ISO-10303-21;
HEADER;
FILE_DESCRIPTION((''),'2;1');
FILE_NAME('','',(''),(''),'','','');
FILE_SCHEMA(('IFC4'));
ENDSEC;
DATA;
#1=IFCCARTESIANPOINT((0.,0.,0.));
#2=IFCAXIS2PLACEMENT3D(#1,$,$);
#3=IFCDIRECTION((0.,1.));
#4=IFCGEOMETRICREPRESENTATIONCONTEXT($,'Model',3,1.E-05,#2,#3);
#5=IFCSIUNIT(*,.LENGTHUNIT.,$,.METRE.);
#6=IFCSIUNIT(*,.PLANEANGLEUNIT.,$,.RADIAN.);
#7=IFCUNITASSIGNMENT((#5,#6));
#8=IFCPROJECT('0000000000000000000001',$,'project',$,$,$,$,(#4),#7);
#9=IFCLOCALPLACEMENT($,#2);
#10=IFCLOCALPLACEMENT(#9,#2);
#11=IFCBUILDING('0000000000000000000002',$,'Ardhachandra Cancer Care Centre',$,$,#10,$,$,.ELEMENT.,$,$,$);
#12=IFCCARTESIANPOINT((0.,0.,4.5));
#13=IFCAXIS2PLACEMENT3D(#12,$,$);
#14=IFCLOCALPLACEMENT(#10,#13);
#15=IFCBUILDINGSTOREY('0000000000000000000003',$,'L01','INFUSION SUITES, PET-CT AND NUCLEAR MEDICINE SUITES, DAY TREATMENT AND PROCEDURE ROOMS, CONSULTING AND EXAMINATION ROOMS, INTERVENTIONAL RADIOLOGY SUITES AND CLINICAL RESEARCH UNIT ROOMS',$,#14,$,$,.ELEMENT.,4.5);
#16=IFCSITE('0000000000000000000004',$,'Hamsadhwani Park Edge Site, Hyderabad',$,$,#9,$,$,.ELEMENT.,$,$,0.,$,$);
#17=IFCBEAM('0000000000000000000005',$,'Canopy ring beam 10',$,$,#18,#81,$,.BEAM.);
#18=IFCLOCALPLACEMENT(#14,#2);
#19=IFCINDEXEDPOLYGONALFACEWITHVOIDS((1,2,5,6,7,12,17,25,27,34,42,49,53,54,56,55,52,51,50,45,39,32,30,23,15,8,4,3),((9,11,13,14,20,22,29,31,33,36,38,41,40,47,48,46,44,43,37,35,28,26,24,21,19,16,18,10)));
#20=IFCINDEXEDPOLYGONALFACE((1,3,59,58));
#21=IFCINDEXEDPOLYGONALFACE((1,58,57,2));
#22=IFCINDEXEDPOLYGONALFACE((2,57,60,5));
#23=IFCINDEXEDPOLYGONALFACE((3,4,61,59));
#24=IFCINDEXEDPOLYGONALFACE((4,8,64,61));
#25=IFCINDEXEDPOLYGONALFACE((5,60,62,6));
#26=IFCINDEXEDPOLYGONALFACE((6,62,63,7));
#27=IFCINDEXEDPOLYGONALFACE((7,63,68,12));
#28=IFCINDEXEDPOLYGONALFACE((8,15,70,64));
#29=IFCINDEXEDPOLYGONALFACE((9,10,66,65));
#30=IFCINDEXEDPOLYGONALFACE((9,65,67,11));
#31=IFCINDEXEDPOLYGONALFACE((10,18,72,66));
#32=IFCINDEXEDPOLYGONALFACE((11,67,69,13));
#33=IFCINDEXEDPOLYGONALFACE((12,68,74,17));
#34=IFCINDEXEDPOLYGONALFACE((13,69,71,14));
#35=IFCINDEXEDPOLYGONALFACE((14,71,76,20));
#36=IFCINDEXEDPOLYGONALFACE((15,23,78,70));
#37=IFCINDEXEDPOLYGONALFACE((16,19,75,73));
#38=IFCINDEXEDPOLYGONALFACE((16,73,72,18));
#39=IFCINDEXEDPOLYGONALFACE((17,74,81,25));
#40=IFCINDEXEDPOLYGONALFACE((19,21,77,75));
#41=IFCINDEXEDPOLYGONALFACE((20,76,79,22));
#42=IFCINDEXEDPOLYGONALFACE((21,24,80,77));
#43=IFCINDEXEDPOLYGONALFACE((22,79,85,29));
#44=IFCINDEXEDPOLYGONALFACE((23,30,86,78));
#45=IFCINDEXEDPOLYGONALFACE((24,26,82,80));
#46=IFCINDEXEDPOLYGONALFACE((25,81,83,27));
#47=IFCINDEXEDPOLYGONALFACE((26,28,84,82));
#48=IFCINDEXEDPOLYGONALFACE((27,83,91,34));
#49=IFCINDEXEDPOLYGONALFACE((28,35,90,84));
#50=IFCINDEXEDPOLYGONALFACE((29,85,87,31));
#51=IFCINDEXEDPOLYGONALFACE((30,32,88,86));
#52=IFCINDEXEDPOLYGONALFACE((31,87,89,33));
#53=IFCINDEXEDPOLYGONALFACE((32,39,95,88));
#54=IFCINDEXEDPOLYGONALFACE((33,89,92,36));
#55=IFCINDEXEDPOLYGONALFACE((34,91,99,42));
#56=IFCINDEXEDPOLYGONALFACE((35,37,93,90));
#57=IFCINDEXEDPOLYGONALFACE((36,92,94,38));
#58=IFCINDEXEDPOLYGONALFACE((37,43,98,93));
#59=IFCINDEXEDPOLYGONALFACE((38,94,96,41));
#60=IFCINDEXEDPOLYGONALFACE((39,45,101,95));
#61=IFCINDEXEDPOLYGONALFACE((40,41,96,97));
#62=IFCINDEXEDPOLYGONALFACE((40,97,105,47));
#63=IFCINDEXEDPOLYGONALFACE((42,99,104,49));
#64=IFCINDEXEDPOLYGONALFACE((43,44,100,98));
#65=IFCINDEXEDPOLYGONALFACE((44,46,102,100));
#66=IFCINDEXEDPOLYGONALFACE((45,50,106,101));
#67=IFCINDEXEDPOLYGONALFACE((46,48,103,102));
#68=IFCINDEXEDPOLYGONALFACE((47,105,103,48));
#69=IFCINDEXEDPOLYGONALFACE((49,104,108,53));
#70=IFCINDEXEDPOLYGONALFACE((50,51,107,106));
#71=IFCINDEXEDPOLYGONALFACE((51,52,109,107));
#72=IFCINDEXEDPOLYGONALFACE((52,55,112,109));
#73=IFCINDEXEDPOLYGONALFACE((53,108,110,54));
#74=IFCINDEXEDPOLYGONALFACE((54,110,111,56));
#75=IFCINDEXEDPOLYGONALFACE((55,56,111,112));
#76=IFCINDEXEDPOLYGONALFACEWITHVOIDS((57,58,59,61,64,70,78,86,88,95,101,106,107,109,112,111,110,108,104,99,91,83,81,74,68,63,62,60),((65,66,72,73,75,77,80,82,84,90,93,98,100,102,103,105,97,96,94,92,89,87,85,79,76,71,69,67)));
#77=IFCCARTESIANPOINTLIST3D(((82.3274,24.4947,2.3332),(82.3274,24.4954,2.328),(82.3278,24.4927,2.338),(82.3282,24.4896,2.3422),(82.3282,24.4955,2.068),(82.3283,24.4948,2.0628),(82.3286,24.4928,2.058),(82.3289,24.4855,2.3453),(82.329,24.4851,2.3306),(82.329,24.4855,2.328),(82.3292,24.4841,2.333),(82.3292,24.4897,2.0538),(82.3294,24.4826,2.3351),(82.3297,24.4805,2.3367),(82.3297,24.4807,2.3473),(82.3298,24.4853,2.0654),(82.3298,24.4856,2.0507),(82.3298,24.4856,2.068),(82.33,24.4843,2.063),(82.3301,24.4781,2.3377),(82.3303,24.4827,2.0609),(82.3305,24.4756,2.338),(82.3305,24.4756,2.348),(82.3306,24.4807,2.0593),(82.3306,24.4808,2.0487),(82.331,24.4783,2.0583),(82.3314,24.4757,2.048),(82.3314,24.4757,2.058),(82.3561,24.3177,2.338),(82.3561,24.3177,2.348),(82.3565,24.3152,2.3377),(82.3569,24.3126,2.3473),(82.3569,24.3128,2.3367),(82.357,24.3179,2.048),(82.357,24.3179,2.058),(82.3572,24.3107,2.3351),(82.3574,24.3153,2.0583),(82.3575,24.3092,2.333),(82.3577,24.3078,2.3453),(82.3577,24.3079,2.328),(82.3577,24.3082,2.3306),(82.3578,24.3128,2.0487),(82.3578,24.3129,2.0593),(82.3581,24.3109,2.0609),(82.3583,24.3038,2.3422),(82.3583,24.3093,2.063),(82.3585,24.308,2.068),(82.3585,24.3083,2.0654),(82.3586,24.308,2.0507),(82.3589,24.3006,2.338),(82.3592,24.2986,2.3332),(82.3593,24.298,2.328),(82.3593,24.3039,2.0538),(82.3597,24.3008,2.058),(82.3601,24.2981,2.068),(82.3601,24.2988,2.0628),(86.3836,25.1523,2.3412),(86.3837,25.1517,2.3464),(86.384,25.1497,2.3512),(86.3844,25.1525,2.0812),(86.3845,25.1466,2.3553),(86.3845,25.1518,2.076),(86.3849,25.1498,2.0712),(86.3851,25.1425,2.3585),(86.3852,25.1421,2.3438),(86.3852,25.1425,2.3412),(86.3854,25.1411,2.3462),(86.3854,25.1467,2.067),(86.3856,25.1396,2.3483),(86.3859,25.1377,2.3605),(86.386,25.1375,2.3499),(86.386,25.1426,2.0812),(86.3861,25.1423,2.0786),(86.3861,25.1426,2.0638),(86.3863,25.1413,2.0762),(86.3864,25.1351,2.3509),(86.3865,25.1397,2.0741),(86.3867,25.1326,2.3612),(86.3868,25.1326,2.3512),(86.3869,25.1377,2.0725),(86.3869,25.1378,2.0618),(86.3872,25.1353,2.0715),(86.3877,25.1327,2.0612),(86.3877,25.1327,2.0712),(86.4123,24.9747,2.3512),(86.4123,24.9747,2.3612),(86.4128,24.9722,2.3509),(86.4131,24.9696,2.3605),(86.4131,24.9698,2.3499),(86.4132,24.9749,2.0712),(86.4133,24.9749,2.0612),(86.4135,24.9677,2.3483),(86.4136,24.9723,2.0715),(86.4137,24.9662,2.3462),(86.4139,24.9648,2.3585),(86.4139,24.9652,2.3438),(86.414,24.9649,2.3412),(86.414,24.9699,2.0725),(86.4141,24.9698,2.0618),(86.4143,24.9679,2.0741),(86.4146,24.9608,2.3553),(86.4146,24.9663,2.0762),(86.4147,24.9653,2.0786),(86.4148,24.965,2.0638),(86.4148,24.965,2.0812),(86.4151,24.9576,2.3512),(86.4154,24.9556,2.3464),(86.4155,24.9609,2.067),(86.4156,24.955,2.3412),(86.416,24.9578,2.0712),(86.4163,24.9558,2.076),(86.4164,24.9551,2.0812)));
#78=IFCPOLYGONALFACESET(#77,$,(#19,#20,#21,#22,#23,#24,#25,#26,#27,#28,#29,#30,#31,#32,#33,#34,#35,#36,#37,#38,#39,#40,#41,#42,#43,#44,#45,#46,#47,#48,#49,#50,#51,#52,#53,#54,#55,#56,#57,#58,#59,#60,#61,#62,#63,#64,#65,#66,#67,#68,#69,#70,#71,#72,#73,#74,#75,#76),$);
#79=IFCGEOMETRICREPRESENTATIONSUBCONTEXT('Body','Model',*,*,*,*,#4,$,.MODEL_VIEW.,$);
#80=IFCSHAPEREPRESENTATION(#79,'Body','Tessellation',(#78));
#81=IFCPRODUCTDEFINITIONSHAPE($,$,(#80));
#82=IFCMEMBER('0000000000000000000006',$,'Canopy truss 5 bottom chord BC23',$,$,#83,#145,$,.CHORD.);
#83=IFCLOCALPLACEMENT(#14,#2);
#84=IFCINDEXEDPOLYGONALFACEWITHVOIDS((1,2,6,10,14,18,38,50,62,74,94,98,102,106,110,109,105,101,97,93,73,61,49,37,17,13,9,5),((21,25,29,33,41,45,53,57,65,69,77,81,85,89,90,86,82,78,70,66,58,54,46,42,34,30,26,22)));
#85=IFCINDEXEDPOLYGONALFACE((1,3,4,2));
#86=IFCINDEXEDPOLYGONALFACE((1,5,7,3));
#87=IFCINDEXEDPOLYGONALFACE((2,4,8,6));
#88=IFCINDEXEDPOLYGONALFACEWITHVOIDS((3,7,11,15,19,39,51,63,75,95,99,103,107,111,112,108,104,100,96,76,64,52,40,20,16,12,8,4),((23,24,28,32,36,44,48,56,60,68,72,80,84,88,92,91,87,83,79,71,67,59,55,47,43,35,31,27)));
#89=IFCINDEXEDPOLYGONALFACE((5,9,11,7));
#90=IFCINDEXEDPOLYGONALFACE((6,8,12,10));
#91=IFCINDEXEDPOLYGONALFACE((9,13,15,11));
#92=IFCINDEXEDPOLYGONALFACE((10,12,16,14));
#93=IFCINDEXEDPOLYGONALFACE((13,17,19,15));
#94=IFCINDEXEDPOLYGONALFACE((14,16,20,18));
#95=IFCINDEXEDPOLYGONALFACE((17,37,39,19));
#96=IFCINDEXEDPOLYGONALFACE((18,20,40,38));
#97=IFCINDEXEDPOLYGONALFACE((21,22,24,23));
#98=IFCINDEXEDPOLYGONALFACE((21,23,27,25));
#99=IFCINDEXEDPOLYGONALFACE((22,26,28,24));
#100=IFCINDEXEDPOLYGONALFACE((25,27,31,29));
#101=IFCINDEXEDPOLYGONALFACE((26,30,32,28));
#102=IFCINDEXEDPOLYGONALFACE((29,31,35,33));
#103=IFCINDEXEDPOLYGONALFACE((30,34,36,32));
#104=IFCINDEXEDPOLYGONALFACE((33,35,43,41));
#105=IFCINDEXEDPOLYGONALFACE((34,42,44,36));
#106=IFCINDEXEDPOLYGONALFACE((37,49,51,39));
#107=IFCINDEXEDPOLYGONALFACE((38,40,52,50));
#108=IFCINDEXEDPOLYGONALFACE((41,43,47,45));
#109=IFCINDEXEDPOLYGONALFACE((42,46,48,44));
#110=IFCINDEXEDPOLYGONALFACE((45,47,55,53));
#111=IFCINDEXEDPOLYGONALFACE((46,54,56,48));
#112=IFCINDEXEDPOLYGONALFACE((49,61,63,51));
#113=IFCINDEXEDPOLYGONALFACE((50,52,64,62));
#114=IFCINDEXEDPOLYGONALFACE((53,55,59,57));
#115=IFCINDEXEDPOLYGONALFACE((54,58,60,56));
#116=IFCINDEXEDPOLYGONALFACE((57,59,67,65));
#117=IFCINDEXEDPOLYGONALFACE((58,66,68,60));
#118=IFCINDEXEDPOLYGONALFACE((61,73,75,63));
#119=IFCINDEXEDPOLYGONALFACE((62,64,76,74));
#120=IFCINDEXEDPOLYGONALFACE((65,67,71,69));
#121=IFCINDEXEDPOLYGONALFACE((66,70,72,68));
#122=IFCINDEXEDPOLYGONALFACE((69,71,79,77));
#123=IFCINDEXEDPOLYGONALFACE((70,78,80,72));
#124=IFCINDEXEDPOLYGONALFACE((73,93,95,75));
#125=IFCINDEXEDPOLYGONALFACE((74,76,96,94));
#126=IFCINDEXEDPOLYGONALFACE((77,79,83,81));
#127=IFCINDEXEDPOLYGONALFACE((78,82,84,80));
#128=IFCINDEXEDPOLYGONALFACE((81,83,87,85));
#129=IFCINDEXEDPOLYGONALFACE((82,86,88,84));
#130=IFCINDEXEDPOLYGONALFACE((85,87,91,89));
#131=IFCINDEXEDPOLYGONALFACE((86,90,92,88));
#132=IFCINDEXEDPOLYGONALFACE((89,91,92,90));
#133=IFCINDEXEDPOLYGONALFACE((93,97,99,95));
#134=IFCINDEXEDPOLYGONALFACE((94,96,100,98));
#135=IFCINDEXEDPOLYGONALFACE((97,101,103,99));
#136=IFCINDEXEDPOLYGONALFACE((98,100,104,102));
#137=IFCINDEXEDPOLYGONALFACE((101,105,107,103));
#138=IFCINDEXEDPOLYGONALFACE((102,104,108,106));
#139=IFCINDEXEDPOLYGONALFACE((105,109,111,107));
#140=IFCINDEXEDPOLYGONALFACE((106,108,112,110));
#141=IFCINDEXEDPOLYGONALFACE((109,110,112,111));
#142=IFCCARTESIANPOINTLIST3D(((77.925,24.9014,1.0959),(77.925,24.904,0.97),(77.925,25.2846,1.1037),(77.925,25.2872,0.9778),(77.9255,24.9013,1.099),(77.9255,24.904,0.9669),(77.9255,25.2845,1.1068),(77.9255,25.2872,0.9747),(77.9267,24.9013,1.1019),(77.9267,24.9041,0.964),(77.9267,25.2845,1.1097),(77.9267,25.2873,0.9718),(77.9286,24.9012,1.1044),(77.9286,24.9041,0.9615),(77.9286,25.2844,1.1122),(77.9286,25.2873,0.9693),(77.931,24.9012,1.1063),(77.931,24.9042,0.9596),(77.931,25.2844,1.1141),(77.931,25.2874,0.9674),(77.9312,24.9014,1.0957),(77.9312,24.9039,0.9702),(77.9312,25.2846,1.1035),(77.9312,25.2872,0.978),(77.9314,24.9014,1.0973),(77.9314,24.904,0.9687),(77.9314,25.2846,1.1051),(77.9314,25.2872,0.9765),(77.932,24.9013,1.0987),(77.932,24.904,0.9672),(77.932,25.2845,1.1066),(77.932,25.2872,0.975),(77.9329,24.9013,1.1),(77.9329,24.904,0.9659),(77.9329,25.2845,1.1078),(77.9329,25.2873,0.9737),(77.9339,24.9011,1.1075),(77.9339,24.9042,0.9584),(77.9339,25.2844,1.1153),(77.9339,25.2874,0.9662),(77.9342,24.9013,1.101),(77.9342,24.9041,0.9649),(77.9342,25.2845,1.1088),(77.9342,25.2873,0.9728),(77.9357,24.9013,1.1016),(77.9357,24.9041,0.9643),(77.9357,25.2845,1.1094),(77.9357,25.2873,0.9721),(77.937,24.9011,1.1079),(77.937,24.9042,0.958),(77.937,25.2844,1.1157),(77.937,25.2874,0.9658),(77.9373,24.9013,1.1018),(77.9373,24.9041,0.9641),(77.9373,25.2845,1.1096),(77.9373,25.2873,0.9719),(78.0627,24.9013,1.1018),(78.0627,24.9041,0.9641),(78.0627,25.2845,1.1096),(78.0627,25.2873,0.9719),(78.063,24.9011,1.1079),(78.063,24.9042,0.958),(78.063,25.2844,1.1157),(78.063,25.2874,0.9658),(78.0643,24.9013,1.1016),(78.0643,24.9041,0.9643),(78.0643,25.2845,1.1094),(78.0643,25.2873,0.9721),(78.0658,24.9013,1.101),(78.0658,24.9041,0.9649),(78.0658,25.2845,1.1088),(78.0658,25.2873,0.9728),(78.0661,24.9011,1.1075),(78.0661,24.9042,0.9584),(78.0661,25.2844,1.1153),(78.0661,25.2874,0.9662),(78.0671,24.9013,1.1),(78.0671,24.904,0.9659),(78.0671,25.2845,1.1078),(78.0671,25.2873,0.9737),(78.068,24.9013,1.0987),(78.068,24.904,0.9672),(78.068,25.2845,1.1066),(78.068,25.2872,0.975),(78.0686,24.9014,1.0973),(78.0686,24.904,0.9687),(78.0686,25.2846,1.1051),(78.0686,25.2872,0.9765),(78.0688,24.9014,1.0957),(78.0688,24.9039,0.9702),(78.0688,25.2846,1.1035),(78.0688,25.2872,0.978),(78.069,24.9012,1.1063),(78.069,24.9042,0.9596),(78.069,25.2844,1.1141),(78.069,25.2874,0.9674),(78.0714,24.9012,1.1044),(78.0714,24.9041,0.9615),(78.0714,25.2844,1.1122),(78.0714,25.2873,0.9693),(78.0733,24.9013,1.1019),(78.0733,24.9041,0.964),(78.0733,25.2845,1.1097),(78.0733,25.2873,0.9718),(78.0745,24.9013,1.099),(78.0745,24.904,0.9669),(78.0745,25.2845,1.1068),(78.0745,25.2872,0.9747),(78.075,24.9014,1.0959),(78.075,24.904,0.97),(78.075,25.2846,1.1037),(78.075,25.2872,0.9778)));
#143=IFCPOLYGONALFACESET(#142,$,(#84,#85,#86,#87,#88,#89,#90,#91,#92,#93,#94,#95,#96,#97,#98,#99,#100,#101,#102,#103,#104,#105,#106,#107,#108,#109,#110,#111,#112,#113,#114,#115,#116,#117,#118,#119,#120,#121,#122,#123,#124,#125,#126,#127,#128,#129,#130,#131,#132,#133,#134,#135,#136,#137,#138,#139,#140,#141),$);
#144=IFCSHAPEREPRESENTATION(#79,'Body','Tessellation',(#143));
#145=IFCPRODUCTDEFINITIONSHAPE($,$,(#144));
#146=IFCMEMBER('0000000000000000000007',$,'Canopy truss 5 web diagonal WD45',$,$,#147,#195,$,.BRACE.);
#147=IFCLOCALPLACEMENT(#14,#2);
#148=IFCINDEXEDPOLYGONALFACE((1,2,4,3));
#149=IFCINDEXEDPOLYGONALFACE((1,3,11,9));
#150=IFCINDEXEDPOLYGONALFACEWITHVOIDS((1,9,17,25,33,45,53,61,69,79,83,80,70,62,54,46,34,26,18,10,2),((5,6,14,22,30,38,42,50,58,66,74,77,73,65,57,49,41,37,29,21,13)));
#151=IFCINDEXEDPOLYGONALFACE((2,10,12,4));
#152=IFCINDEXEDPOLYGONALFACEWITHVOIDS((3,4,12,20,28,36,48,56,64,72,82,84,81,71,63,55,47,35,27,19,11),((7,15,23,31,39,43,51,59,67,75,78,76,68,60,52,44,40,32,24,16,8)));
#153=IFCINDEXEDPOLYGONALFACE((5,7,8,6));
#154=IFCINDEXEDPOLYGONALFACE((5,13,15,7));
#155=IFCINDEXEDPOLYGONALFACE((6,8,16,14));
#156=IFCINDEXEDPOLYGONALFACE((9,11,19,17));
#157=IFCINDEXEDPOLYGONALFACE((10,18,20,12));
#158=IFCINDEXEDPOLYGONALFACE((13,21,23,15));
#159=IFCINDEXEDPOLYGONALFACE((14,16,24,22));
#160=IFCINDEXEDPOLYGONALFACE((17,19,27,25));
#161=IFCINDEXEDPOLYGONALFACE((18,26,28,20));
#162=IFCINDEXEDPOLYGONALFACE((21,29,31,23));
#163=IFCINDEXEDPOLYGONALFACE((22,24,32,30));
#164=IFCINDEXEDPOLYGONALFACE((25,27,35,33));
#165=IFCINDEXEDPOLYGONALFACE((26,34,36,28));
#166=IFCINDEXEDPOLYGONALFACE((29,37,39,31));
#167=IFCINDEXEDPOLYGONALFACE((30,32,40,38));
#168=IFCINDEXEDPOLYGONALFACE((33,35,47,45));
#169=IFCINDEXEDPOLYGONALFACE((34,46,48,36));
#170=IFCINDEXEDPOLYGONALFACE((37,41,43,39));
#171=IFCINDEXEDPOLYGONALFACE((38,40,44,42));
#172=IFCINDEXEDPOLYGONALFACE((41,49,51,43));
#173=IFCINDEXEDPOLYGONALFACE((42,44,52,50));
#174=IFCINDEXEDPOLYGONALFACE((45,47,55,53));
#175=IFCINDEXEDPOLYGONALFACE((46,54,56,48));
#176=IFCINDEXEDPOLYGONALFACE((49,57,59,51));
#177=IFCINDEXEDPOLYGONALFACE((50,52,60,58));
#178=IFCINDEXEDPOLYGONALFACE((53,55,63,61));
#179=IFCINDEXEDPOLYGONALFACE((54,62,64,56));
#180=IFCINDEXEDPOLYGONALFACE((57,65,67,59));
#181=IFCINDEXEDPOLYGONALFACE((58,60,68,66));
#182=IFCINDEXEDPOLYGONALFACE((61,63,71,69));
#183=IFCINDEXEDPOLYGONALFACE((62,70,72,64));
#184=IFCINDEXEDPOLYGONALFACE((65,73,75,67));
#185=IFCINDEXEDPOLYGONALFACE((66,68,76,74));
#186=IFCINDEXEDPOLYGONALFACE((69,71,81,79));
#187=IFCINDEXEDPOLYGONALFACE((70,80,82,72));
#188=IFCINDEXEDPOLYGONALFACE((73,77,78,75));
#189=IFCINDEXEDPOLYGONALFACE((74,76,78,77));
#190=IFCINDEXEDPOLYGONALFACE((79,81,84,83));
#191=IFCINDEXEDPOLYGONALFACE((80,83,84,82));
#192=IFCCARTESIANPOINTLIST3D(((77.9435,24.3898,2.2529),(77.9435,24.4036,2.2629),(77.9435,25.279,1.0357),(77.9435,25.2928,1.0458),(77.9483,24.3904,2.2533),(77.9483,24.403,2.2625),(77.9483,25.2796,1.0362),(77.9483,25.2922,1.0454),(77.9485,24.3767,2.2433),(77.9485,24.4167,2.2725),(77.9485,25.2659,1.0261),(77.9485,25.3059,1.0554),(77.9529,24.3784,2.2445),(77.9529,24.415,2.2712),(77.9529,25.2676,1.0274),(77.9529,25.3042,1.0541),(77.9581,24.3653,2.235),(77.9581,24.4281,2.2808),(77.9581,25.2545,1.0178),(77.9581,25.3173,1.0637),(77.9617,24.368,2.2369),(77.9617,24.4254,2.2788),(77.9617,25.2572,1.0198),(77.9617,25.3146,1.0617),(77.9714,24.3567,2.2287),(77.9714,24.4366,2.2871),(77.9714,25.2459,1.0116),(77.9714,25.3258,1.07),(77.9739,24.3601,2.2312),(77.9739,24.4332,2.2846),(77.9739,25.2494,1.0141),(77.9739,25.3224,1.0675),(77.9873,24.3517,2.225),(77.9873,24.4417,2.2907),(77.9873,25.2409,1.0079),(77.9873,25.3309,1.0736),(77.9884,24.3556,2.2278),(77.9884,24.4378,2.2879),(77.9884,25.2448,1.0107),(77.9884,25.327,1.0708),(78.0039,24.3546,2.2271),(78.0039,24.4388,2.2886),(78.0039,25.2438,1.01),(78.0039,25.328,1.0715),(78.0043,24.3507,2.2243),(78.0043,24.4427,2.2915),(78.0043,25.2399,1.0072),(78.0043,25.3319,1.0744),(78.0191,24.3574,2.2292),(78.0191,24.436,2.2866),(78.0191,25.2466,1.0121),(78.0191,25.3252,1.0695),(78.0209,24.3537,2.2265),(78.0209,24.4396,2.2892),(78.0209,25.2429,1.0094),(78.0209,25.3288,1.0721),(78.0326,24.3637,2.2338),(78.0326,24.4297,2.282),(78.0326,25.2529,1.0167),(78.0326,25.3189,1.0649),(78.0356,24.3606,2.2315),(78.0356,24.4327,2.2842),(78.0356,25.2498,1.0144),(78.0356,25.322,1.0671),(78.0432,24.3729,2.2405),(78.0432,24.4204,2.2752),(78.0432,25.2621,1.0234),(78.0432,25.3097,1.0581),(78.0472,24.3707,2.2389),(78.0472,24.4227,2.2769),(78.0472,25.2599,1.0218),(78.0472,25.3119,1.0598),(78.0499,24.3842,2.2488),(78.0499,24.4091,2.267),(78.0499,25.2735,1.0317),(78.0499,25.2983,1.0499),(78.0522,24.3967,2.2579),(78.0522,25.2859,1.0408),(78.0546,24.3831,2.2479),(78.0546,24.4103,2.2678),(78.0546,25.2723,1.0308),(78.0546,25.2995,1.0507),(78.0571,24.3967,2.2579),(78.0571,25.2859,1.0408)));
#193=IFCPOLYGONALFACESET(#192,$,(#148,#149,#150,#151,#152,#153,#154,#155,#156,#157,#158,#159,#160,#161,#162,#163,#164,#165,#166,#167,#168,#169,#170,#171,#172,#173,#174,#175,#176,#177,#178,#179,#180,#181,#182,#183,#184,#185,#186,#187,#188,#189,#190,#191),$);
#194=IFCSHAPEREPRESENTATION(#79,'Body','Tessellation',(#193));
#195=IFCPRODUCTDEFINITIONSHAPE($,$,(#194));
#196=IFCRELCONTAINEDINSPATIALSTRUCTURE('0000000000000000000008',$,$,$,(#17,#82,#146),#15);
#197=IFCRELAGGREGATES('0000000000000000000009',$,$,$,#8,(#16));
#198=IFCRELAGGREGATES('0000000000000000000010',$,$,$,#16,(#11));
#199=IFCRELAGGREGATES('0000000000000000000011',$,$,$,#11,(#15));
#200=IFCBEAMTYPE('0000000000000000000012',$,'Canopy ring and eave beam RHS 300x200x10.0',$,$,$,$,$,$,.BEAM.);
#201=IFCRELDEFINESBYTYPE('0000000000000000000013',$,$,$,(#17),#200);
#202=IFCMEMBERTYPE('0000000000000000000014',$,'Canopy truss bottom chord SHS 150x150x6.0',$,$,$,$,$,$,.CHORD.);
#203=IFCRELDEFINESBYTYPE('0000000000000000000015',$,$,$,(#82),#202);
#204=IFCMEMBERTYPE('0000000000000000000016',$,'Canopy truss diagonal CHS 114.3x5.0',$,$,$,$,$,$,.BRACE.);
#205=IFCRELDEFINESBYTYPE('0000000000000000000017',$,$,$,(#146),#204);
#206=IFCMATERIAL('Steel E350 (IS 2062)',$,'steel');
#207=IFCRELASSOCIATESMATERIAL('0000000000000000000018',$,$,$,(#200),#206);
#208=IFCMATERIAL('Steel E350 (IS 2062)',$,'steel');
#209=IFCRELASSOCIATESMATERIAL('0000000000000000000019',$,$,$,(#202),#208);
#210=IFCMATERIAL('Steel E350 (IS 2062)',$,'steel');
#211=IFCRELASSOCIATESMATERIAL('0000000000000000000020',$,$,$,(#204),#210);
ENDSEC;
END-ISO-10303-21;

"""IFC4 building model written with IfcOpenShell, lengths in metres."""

from ifc_helpers import new_model, si_unit, direction, frame, origin, origin_2d, place, context, subcontext, project, spatial, hollow_rectangle, hollow_circle, extrude, material, material_profile, profile_set, type_object, element, save


model = new_model("IFC4")

# Units and contexts
model_context = context("Model", 3, precision=1e-05, world=origin(), true_north=direction((0.0, 1.0)))
body_context = subcontext(model_context, "Body", "Model", "MODEL_VIEW")
ifc_project = project(units=[si_unit("LENGTHUNIT", "METRE"), si_unit("PLANEANGLEUNIT", "RADIAN")], contexts=[model_context])

# Site, building, storey
site_placement = place(None, origin())
site = spatial("IfcSite", under=ifc_project, at=site_placement, Name="Hamsadhwani Park Edge Site, Hyderabad", CompositionType="ELEMENT", RefElevation=0.0)
building_placement = place(site_placement, origin())
building = spatial("IfcBuilding", under=site, at=building_placement, Name="Ardhachandra Cancer Care Centre", CompositionType="ELEMENT")
storey_placement = place(building_placement, frame((0.0, 0.0, 4.5)))
storey = spatial("IfcBuildingStorey", under=building, at=storey_placement, Name="L01", Description="INFUSION SUITES, PET-CT AND NUCLEAR MEDICINE SUITES, DAY TREATMENT AND PROCEDURE ROOMS, CONSULTING AND EXAMINATION ROOMS, INTERVENTIONAL RADIOLOGY SUITES AND CLINICAL RESEARCH UNIT ROOMS", CompositionType="ELEMENT", Elevation=4.5)

# Beam
ifc_material_1 = material(Name="Steel E350 (IS 2062)", Category="steel")
ifc_material_profile_1 = material_profile(ifc_material_1, hollow_rectangle(XDim=0.2, YDim=0.3, WallThickness=0.01, InnerFilletRadius=0.01, OuterFilletRadius=0.02, at=origin_2d()), Name="RHS 300x200x10.0")
ifc_profile_set_1 = profile_set([ifc_material_profile_1], Name="Steel E350 (IS 2062)")
beam_type = type_object("IfcBeamType", Name="Canopy ring and eave beam RHS 300x200x10.0", PredefinedType="BEAM", material=ifc_profile_set_1)
beam_placement = place(storey_placement, frame((82.3438, 24.3967, 2.198), z_axis=(0.98713, 0.159887, 0.003208), x_axis=(-0.159888, 0.987135, 0.0)))
element("IfcBeam", 1, at=beam_placement, inside=storey, type_object=beam_type, Name="Canopy ring beam 10", PredefinedType="BEAM", context=body_context, shape_type="SweptSolid", body=[
    extrude(hollow_rectangle(XDim=0.2, YDim=0.3, WallThickness=0.01, InnerFilletRadius=0.01, OuterFilletRadius=0.02, at=origin_2d()), origin(), (0.0, 0.0, 1.0), 4.1091),
])

# Members
ifc_material_2 = material(Name="Steel E350 (IS 2062)", Category="steel")
ifc_material_profile_2 = material_profile(ifc_material_2, hollow_rectangle(XDim=0.1499, YDim=0.1499, WallThickness=0.0061, InnerFilletRadius=0.0061, OuterFilletRadius=0.012, at=origin_2d()), Name="SHS 150x150x6.0")
ifc_profile_set_2 = profile_set([ifc_material_profile_2], Name="Steel E350 (IS 2062)")
member_type_1 = type_object("IfcMemberType", Name="Canopy truss bottom chord SHS 150x150x6.0", PredefinedType="CHORD", material=ifc_profile_set_2)
member_1_placement = place(storey_placement, frame((78.0, 25.2859, 1.0408), z_axis=(0.0, -0.999792, -0.020378), x_axis=(1.0, 0.0, 0.0)))
element("IfcMember", 2, at=member_1_placement, inside=storey, type_object=member_type_1, Name="Canopy truss 5 bottom chord BC23", PredefinedType="CHORD", context=body_context, shape_type="SweptSolid", body=[
    extrude(hollow_rectangle(XDim=0.1499, YDim=0.1499, WallThickness=0.0061, InnerFilletRadius=0.0061, OuterFilletRadius=0.012, at=origin_2d()), origin(), (0.0, 0.0, 1.0), 0.3833),
])
ifc_material_3 = material(Name="Steel E350 (IS 2062)", Category="steel")
ifc_material_profile_3 = material_profile(ifc_material_3, hollow_circle(Radius=0.0571, WallThickness=0.0049, at=origin_2d()), Name="CHS 114.3x5.0")
ifc_profile_set_3 = profile_set([ifc_material_profile_3], Name="Steel E350 (IS 2062)")
member_type_2 = type_object("IfcMemberType", Name="Canopy truss diagonal CHS 114.3x5.0", PredefinedType="BRACE", material=ifc_profile_set_3)
member_2_placement = place(storey_placement, frame((78.0, 25.2859, 1.0408), z_axis=(0.0, -0.589923, 0.807459), x_axis=(1.0, 0.0, 0.0)))
element("IfcMember", 3, at=member_2_placement, inside=storey, type_object=member_type_2, Name="Canopy truss 5 web diagonal WD45", PredefinedType="BRACE", context=body_context, shape_type="SweptSolid", body=[
    extrude(hollow_circle(Radius=0.0571, WallThickness=0.0049, at=origin_2d()), origin(), (0.0, 0.0, 1.0), 1.5073),
])

save(model, "model.ifc")
